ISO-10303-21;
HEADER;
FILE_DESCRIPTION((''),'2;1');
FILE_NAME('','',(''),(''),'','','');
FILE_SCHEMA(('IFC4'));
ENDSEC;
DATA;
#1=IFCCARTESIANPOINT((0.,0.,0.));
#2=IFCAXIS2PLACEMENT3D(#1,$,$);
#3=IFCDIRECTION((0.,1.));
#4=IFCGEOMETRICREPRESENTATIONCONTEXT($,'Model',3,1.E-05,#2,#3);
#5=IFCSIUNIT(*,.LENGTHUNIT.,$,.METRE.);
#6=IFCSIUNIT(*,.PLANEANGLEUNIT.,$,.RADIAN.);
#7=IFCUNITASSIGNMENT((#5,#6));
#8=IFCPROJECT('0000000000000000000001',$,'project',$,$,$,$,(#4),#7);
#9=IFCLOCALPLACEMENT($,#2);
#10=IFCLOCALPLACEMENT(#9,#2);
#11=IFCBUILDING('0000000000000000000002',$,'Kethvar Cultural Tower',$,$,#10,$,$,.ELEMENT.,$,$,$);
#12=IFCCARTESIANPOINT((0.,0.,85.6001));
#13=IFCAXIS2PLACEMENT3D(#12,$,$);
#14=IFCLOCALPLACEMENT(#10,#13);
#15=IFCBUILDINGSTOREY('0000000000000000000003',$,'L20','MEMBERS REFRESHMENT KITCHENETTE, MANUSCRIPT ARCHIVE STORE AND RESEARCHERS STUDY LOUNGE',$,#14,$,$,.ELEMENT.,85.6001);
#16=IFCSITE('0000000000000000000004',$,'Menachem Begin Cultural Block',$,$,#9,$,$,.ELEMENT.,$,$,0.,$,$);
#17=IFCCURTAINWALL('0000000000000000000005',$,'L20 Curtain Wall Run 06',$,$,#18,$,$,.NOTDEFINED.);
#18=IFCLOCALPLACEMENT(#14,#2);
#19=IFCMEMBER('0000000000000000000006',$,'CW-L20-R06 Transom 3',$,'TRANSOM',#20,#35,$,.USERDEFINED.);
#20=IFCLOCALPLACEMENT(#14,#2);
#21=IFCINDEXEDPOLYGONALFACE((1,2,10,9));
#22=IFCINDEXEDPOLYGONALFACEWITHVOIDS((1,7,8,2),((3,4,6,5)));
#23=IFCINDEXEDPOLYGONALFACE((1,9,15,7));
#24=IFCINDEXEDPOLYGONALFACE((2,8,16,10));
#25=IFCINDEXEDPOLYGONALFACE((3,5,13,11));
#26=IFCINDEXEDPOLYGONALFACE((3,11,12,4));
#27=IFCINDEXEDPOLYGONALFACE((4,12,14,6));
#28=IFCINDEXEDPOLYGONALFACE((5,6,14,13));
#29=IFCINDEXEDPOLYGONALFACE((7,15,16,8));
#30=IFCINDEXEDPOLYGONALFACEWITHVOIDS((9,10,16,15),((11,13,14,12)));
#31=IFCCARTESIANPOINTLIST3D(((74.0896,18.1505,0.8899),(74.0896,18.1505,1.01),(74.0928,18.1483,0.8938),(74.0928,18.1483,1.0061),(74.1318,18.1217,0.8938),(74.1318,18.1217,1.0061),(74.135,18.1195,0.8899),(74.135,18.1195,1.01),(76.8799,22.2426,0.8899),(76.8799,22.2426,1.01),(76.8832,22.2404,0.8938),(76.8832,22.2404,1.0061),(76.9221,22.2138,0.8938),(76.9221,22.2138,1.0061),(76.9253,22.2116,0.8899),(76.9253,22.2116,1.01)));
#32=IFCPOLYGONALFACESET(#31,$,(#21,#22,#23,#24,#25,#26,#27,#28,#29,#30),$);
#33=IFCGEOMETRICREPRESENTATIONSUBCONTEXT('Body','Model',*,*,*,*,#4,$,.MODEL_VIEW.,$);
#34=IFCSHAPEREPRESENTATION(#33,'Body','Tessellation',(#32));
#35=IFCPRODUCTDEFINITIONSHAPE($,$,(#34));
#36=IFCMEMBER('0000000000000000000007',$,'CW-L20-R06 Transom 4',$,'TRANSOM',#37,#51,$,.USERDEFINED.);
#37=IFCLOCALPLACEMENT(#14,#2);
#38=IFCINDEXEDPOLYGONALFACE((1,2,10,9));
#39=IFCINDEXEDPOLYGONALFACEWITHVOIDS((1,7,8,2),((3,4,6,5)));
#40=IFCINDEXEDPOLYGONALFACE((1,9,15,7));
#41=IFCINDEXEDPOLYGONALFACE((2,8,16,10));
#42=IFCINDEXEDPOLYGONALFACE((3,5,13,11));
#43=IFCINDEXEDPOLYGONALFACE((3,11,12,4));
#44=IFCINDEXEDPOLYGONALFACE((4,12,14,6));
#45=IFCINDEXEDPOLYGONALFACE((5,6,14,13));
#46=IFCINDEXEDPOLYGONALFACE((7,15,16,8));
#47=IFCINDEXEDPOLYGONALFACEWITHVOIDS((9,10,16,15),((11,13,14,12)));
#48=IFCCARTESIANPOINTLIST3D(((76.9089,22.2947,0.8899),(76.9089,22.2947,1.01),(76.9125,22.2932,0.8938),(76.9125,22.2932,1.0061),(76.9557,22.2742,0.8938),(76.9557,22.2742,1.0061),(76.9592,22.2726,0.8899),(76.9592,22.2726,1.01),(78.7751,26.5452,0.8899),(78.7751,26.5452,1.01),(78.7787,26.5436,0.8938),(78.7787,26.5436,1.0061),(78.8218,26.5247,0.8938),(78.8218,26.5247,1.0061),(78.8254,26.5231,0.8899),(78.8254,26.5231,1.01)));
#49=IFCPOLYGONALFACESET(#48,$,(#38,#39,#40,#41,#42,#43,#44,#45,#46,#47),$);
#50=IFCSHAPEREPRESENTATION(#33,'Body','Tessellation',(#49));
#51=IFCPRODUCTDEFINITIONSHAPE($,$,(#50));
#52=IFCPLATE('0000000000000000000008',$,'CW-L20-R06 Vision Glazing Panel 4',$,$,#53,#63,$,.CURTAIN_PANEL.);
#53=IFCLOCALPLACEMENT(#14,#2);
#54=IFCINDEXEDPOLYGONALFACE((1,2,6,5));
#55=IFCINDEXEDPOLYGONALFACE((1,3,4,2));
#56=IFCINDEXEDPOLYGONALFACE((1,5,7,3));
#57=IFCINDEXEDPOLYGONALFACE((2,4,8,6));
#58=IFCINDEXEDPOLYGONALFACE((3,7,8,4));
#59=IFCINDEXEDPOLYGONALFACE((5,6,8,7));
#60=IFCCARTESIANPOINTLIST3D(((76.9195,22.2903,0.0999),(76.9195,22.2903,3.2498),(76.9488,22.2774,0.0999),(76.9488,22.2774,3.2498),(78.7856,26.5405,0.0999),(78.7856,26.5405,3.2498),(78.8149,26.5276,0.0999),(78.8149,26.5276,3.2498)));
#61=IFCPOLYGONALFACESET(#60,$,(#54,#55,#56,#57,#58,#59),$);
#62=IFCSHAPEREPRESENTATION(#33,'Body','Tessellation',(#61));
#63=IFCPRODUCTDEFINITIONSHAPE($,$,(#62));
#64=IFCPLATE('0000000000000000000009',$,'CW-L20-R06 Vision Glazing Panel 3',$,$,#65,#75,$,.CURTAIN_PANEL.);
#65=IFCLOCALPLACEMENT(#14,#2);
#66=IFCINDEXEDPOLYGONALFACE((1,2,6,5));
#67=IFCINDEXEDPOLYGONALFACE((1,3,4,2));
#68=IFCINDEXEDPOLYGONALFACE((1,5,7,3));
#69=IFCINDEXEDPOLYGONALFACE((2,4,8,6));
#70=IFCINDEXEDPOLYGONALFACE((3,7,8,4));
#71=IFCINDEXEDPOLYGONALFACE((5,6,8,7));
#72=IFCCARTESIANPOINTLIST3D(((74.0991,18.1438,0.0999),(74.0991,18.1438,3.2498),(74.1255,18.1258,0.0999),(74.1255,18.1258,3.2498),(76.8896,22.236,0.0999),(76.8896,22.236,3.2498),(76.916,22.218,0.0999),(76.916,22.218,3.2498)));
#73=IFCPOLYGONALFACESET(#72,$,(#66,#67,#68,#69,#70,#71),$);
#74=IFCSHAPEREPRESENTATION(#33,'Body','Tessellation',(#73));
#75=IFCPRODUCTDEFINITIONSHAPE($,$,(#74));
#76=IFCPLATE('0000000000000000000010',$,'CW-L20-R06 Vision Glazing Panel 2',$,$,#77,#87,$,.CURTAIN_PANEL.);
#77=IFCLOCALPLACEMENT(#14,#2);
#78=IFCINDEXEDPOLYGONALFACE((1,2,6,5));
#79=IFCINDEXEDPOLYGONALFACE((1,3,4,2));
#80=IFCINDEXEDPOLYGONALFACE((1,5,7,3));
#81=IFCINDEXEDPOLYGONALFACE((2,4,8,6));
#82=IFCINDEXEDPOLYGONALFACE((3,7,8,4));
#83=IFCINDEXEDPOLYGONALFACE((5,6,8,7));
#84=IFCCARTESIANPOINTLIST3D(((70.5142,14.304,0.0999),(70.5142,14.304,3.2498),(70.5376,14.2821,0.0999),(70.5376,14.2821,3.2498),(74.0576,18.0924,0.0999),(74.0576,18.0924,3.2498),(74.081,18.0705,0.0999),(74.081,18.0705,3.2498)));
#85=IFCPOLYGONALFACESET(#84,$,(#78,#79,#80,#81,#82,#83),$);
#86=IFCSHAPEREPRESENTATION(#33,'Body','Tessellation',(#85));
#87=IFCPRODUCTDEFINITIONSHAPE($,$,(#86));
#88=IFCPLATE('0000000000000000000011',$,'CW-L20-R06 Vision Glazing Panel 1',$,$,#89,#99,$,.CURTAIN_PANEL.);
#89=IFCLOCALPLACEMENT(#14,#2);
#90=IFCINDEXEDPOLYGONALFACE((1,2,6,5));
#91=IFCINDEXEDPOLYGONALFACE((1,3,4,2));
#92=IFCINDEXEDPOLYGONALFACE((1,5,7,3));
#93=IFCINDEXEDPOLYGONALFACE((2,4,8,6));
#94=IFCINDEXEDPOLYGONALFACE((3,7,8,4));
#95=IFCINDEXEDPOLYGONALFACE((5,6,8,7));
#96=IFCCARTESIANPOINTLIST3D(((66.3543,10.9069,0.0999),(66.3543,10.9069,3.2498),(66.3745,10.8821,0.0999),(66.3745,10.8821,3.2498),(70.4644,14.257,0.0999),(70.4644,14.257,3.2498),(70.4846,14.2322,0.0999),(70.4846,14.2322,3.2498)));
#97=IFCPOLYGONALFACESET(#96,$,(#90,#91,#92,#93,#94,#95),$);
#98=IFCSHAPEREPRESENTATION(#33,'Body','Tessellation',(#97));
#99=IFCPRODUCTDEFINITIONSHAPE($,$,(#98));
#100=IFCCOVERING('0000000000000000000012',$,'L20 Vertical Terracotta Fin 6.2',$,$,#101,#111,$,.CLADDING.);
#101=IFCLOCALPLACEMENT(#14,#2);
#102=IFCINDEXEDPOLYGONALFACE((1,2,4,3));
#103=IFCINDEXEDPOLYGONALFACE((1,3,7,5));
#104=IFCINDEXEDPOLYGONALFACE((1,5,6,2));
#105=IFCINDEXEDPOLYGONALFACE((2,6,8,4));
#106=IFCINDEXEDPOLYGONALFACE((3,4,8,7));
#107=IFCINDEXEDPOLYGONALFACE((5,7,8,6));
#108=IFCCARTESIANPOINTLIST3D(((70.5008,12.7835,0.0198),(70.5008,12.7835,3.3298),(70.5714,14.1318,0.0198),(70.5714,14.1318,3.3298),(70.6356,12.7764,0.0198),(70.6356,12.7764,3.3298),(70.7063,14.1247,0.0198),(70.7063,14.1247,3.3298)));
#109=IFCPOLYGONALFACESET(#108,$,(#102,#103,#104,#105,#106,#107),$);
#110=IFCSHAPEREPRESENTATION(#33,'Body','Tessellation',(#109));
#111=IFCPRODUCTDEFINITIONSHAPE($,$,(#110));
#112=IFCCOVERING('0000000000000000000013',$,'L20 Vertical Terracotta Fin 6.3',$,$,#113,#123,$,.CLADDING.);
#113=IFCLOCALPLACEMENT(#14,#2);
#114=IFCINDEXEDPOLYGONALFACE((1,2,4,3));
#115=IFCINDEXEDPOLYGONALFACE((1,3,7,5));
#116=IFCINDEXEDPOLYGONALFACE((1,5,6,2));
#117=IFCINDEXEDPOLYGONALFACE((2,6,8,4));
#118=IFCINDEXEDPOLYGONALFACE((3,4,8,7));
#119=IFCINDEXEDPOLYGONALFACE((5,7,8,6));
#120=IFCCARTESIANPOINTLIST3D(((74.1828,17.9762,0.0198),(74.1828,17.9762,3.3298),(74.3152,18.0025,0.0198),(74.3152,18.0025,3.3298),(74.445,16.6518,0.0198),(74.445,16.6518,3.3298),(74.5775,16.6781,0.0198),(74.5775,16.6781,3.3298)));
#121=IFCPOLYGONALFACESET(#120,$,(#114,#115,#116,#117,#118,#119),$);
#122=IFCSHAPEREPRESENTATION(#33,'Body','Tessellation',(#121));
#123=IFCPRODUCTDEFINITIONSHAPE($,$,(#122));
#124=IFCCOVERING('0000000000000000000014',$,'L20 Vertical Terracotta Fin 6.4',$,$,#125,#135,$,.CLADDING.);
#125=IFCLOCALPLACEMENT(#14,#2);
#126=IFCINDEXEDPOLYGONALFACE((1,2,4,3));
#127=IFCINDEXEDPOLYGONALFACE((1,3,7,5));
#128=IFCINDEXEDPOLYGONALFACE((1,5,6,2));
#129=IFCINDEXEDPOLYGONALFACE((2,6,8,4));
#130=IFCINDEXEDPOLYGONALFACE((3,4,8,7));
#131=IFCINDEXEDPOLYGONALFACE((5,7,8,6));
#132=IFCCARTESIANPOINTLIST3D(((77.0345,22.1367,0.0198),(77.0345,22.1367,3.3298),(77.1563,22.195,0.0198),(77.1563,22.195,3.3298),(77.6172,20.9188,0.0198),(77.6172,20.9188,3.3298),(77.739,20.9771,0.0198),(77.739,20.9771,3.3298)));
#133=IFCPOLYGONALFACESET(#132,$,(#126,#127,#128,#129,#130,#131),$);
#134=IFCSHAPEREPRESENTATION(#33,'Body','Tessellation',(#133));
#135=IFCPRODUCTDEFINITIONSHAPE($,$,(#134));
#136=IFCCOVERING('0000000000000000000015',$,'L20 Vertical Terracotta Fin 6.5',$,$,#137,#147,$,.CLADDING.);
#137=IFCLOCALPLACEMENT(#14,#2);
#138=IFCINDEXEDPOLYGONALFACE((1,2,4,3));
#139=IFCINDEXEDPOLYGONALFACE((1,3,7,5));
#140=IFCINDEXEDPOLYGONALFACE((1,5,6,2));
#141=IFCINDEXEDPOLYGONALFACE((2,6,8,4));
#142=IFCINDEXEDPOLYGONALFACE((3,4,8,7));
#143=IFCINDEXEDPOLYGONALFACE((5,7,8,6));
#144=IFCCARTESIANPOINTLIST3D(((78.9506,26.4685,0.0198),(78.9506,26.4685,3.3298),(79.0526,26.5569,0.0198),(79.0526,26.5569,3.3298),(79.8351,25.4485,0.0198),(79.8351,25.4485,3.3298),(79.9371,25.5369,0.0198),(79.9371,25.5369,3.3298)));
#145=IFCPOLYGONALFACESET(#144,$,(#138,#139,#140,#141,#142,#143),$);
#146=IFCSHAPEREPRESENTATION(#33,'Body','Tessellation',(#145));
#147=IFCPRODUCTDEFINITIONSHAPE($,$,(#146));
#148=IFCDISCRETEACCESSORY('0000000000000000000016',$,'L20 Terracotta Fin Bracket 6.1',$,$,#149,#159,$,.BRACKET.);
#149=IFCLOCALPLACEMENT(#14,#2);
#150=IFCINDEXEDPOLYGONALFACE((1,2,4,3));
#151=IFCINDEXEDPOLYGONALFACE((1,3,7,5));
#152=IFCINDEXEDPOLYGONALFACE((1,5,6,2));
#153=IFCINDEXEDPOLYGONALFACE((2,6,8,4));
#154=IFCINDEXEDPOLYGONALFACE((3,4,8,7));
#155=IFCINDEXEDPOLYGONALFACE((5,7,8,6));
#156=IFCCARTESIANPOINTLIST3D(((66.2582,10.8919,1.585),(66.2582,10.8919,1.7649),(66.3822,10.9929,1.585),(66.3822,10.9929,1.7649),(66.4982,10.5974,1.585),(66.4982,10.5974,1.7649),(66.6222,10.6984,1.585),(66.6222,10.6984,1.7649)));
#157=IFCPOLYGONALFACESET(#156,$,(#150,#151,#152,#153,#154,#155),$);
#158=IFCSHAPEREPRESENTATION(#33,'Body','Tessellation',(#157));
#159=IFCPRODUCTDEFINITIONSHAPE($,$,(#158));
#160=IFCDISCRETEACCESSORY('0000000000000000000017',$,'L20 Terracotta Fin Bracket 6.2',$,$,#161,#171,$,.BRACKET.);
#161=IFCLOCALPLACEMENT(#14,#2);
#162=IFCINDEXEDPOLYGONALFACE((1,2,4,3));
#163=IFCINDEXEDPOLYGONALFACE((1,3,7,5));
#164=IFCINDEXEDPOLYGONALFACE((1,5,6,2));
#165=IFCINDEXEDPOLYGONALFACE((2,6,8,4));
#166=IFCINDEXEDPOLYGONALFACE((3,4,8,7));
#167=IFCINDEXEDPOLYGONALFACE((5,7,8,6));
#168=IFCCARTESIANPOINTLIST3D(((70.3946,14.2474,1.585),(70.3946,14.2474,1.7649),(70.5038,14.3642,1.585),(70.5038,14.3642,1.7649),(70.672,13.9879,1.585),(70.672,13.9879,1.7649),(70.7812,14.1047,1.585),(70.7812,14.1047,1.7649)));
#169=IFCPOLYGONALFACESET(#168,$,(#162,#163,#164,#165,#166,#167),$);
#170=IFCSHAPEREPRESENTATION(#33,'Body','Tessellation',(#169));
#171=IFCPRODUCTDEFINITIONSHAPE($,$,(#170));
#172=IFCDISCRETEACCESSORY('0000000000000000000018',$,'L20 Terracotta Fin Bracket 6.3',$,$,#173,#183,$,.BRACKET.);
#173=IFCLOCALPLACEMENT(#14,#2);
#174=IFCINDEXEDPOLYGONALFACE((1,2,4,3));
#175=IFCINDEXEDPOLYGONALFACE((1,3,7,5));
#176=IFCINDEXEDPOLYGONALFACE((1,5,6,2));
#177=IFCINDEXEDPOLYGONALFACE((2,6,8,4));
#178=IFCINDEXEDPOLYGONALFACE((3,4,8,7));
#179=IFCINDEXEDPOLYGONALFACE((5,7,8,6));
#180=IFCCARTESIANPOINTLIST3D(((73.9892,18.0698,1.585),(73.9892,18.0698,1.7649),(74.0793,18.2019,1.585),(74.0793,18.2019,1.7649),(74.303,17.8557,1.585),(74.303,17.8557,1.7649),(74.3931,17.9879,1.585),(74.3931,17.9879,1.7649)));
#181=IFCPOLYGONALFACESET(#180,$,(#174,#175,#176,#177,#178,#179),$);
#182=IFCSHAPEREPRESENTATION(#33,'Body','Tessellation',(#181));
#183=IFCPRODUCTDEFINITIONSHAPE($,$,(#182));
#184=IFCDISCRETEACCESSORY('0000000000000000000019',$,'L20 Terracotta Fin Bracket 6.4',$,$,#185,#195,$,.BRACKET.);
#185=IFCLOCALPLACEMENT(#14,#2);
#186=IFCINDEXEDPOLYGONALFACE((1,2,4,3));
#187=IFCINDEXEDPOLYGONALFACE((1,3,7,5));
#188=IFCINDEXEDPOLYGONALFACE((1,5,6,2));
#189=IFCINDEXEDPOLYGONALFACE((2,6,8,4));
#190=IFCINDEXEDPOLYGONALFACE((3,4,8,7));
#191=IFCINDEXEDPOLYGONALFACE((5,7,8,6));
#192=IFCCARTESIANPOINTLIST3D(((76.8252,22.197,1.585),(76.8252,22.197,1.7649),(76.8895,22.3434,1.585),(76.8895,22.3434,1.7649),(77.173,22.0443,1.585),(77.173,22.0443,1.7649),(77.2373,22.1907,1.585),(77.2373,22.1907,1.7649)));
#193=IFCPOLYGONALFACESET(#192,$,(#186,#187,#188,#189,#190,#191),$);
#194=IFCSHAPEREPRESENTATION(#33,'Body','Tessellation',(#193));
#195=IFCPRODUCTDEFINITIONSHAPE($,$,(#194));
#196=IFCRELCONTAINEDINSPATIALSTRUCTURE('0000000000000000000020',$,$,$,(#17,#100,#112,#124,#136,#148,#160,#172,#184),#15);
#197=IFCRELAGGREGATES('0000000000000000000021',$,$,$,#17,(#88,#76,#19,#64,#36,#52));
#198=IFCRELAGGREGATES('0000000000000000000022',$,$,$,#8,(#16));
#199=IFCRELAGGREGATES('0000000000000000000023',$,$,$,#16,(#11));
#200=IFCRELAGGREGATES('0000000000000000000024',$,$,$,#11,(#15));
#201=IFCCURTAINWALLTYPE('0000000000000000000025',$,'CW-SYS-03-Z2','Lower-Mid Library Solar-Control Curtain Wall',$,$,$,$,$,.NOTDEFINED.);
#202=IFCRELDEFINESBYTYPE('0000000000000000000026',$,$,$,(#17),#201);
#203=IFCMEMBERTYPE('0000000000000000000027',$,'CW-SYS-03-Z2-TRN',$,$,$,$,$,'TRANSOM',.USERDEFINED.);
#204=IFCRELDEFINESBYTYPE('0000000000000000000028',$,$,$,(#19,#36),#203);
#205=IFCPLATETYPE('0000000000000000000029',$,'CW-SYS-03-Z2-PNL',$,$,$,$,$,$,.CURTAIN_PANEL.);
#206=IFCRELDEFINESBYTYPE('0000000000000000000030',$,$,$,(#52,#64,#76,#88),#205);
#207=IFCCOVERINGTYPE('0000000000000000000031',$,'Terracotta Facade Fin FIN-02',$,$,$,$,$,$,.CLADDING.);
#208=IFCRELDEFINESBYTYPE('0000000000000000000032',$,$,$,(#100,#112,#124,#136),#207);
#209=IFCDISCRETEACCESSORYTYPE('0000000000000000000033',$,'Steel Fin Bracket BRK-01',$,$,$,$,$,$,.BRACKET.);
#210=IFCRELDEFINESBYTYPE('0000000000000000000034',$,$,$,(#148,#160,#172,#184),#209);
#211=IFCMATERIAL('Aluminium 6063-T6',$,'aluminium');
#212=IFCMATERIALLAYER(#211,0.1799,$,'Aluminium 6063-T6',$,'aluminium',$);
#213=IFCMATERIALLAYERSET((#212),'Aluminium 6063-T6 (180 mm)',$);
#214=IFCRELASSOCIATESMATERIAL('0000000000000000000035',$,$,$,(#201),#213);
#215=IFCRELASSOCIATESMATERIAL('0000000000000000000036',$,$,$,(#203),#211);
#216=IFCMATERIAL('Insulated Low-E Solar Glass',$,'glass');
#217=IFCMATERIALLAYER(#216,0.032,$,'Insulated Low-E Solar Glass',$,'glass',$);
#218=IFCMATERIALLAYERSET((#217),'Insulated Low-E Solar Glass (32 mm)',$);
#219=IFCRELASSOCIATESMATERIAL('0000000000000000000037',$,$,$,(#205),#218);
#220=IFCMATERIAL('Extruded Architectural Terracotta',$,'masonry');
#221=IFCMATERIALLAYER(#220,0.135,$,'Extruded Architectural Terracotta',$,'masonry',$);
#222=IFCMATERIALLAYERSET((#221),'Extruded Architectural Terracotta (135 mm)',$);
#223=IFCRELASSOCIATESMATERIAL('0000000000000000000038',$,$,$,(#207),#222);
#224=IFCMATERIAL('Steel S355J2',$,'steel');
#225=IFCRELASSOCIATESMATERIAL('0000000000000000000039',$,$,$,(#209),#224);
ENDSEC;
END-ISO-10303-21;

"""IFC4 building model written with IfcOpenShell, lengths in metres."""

from ifc_helpers import new_model, si_unit, direction, frame, origin, origin_2d, place, context, subcontext, project, spatial, rectangle, hollow_rectangle, extrude, source, transform, mapped, material, layer, layer_set, material_profile, profile_set, type_object, element, aggregate, save


model = new_model("IFC4")

# Units and contexts
model_context = context("Model", 3, precision=1e-05, world=origin(), true_north=direction((0.0, 1.0)))
body_context = subcontext(model_context, "Body", "Model", "MODEL_VIEW")
ifc_project = project(units=[si_unit("LENGTHUNIT", "METRE"), si_unit("PLANEANGLEUNIT", "RADIAN")], contexts=[model_context])

# Site, building, storey
site_placement = place(None, origin())
site = spatial("IfcSite", under=ifc_project, at=site_placement, Name="Menachem Begin Cultural Block", CompositionType="ELEMENT", RefElevation=0.0)
building_placement = place(site_placement, origin())
building = spatial("IfcBuilding", under=site, at=building_placement, Name="Kethvar Cultural Tower", CompositionType="ELEMENT")
storey_placement = place(building_placement, frame((0.0, 0.0, 85.6001)))
storey = spatial("IfcBuildingStorey", under=building, at=storey_placement, Name="L20", Description="MEMBERS REFRESHMENT KITCHENETTE, MANUSCRIPT ARCHIVE STORE AND RESEARCHERS STUDY LOUNGE", CompositionType="ELEMENT", Elevation=85.6001)

# Shared definitions
ifc_material_1 = material(Name="Steel S355J2", Category="steel")

# Curtain wall, members, plates
ifc_material_2 = material(Name="Aluminium 6063-T6", Category="aluminium")
ifc_layer_1 = layer(ifc_material_2, 0.1799, Name="Aluminium 6063-T6", Category="aluminium")
ifc_layer_set_1 = layer_set([ifc_layer_1], Name="Aluminium 6063-T6 (180 mm)")
curtain_wall_type = type_object("IfcCurtainWallType", Name="CW-SYS-03-Z2", Description="Lower-Mid Library Solar-Control Curtain Wall", PredefinedType="NOTDEFINED", material=ifc_layer_set_1)
curtain_wall_placement = place(storey_placement, origin())
curtain_wall = element("IfcCurtainWall", 1, at=curtain_wall_placement, inside=storey, type_object=curtain_wall_type, Name="L20 Curtain Wall Run 06", PredefinedType="NOTDEFINED")
ifc_material_profile_1 = material_profile(ifc_material_2, hollow_rectangle(XDim=0.0549, YDim=0.1201, WallThickness=0.0039, at=origin_2d()), Name="Aluminium 6063-T6 — RHS120x55x4")
ifc_profile_set_1 = profile_set([ifc_material_profile_1], Name="Aluminium 6063-T6 — RHS120x55x4")
member_type_1 = type_object("IfcMemberType", Name="CW-SYS-03-Z2-TRN", ElementType="TRANSOM", PredefinedType="USERDEFINED", material=ifc_profile_set_1)
shared_shape_1 = source(origin(), body_context, "Body", "SweptSolid", [
    extrude(hollow_rectangle(XDim=0.0549, YDim=0.1201, WallThickness=0.0039, at=origin_2d()), origin(), (0.0, 0.0, 1.0), 4.9529),
])
member_1_placement = place(storey_placement, frame((74.1123, 18.135, 0.95), z_axis=(0.563372, 0.826203, 0.0), x_axis=(-0.826203, 0.563372, 0.0)))
member_1 = element("IfcMember", 2, at=member_1_placement, type_object=member_type_1, Name="CW-L20-R06 Transom 3", ObjectType="TRANSOM", PredefinedType="USERDEFINED", context=body_context, shape_type="MappedRepresentation", body=[
    mapped(shared_shape_1, transform((0.0, 0.0, 0.0), scale=1.0)),
])
shared_shape_2 = source(origin(), body_context, "Body", "SweptSolid", [
    extrude(hollow_rectangle(XDim=0.0549, YDim=0.1201, WallThickness=0.0039, at=origin_2d()), origin(), (0.0, 0.0, 1.0), 4.6421),
])
member_2_placement = place(storey_placement, frame((76.9341, 22.2837, 0.95), z_axis=(0.402016, 0.915633, 0.0), x_axis=(-0.915633, 0.402016, 0.0)))
member_2 = element("IfcMember", 3, at=member_2_placement, type_object=member_type_1, Name="CW-L20-R06 Transom 4", ObjectType="TRANSOM", PredefinedType="USERDEFINED", context=body_context, shape_type="MappedRepresentation", body=[
    mapped(shared_shape_2, transform((0.0, 0.0, 0.0), scale=1.0)),
])
ifc_material_3 = material(Name="Insulated Low-E Solar Glass", Category="glass")
ifc_layer_2 = layer(ifc_material_3, 0.032, Name="Insulated Low-E Solar Glass", Category="glass")
ifc_layer_set_2 = layer_set([ifc_layer_2], Name="Insulated Low-E Solar Glass (32 mm)")
plate_type = type_object("IfcPlateType", Name="CW-SYS-03-Z2-PNL", PredefinedType="CURTAIN_PANEL", material=ifc_layer_set_2)
shared_shape_3 = source(origin(), body_context, "Body", "SweptSolid", [
    extrude(rectangle(XDim=4.6418, YDim=0.032, at=origin_2d()), origin(), (0.0, 0.0, 1.0), 3.1499),
])
plate_1_placement = place(storey_placement, frame((77.8672, 24.4089, 0.0999), z_axis=(0.0, 0.0, 1.0), x_axis=(0.402028, 0.915628, 0.0)))
plate_1 = element("IfcPlate", 4, at=plate_1_placement, type_object=plate_type, Name="CW-L20-R06 Vision Glazing Panel 4", PredefinedType="CURTAIN_PANEL", context=body_context, shape_type="MappedRepresentation", body=[
    mapped(shared_shape_3, transform((0.0, 0.0, 0.0), scale=1.0)),
])
shared_shape_4 = source(origin(), body_context, "Body", "SweptSolid", [
    extrude(rectangle(XDim=4.9531, YDim=0.032, at=origin_2d()), origin(), (0.0, 0.0, 1.0), 3.1499),
])
plate_2_placement = place(storey_placement, frame((75.5076, 20.1809, 0.0999), z_axis=(0.0, 0.0, 1.0), x_axis=(0.563382, 0.826197, 0.0)))
plate_2 = element("IfcPlate", 5, at=plate_2_placement, type_object=plate_type, Name="CW-L20-R06 Vision Glazing Panel 3", PredefinedType="CURTAIN_PANEL", context=body_context, shape_type="MappedRepresentation", body=[
    mapped(shared_shape_4, transform((0.0, 0.0, 0.0), scale=1.0)),
])
shared_shape_5 = source(origin(), body_context, "Body", "SweptSolid", [
    extrude(rectangle(XDim=5.1873, YDim=0.032, at=origin_2d()), origin(), (0.0, 0.0, 1.0), 3.1499),
])
plate_3_placement = place(storey_placement, frame((72.2976, 16.1873, 0.0999), z_axis=(0.0, 0.0, 1.0), x_axis=(0.683095, 0.730329, 0.0)))
plate_3 = element("IfcPlate", 6, at=plate_3_placement, type_object=plate_type, Name="CW-L20-R06 Vision Glazing Panel 2", PredefinedType="CURTAIN_PANEL", context=body_context, shape_type="MappedRepresentation", body=[
    mapped(shared_shape_5, transform((0.0, 0.0, 0.0), scale=1.0)),
])
shared_shape_6 = source(origin(), body_context, "Body", "SweptSolid", [
    extrude(rectangle(XDim=5.3025, YDim=0.032, at=origin_2d()), origin(), (0.0, 0.0, 1.0), 3.1499),
])
plate_4_placement = place(storey_placement, frame((68.4194, 12.5696, 0.0999), z_axis=(0.0, 0.0, 1.0), x_axis=(0.775132, 0.631799, 0.0)))
plate_4 = element("IfcPlate", 7, at=plate_4_placement, type_object=plate_type, Name="CW-L20-R06 Vision Glazing Panel 1", PredefinedType="CURTAIN_PANEL", context=body_context, shape_type="MappedRepresentation", body=[
    mapped(shared_shape_6, transform((0.0, 0.0, 0.0), scale=1.0)),
])
aggregate(curtain_wall, [plate_4, plate_3, member_1, plate_2, member_2, plate_1])

# Coverings
ifc_material_4 = material(Name="Extruded Architectural Terracotta", Category="masonry")
ifc_layer_3 = layer(ifc_material_4, 0.135, Name="Extruded Architectural Terracotta", Category="masonry")
ifc_layer_set_3 = layer_set([ifc_layer_3], Name="Extruded Architectural Terracotta (135 mm)")
covering_type = type_object("IfcCoveringType", Name="Terracotta Facade Fin FIN-02", PredefinedType="CLADDING", material=ifc_layer_set_3)
shared_shape_7 = source(origin(), body_context, "Body", "SweptSolid", [
    extrude(rectangle(XDim=1.3501, YDim=0.135, at=origin_2d()), origin(), (0.0, 0.0, 1.0), 3.3101),
])
for number, where, z_axis, x_axis, name in (
    (8, (70.6035, 13.4541, 0.0198), (0.0, 0.0, 1.0), (-0.052336, -0.99863, 0.0), "L20 Vertical Terracotta Fin 6.2"),
    (9, (74.3801, 17.3271, 0.0198), (0.0, 0.0, 1.0), (0.194234, -0.980955, 0.0), "L20 Vertical Terracotta Fin 6.3"),
    (10, (77.3867, 21.5569, 0.0198), (0.0, 0.0, 1.0), (0.431613, -0.902059, 0.0), "L20 Vertical Terracotta Fin 6.4"),
    (11, (79.4438, 26.0027, 0.0198), (0.0, 0.0, 1.0), (0.655136, -0.755511, 0.0), "L20 Vertical Terracotta Fin 6.5"),
):
    element("IfcCovering", number, at=place(storey_placement, frame(where, z_axis=z_axis, x_axis=x_axis)), inside=storey, type_object=covering_type, Name=name, PredefinedType="CLADDING", context=body_context, shape_type="MappedRepresentation", body=[
        mapped(shared_shape_7, transform((0.0, 0.0, 0.0), scale=1.0)),
    ])

# Discrete accessories
discrete_accessory_type = type_object("IfcDiscreteAccessoryType", Name="Steel Fin Bracket BRK-01", PredefinedType="BRACKET", material=ifc_material_1)
shared_shape_8 = source(origin(), body_context, "Body", "SweptSolid", [
    extrude(rectangle(XDim=0.3799, YDim=0.1599, at=origin_2d()), origin(), (0.0, 0.0, 1.0), 0.1799),
])
for number, where, z_axis, x_axis, name in (
    (12, (66.4402, 10.7952, 1.585), (0.0, 0.0, 1.0), (0.631759, -0.775165, 0.0), "L20 Terracotta Fin Bracket 6.1"),
    (13, (70.5879, 14.176, 1.585), (0.0, 0.0, 1.0), (0.730282, -0.683146, 0.0), "L20 Terracotta Fin Bracket 6.2"),
    (14, (74.1912, 18.0288, 1.585), (0.0, 0.0, 1.0), (0.826197, -0.563382, 0.0), "L20 Terracotta Fin Bracket 6.3"),
    (15, (77.0312, 22.1938, 1.585), (0.0, 0.0, 1.0), (0.915663, -0.401948, 0.0), "L20 Terracotta Fin Bracket 6.4"),
):
    element("IfcDiscreteAccessory", number, at=place(storey_placement, frame(where, z_axis=z_axis, x_axis=x_axis)), inside=storey, type_object=discrete_accessory_type, Name=name, PredefinedType="BRACKET", context=body_context, shape_type="MappedRepresentation", body=[
        mapped(shared_shape_8, transform((0.0, 0.0, 0.0), scale=1.0)),
    ])

save(model, "model.ifc")
